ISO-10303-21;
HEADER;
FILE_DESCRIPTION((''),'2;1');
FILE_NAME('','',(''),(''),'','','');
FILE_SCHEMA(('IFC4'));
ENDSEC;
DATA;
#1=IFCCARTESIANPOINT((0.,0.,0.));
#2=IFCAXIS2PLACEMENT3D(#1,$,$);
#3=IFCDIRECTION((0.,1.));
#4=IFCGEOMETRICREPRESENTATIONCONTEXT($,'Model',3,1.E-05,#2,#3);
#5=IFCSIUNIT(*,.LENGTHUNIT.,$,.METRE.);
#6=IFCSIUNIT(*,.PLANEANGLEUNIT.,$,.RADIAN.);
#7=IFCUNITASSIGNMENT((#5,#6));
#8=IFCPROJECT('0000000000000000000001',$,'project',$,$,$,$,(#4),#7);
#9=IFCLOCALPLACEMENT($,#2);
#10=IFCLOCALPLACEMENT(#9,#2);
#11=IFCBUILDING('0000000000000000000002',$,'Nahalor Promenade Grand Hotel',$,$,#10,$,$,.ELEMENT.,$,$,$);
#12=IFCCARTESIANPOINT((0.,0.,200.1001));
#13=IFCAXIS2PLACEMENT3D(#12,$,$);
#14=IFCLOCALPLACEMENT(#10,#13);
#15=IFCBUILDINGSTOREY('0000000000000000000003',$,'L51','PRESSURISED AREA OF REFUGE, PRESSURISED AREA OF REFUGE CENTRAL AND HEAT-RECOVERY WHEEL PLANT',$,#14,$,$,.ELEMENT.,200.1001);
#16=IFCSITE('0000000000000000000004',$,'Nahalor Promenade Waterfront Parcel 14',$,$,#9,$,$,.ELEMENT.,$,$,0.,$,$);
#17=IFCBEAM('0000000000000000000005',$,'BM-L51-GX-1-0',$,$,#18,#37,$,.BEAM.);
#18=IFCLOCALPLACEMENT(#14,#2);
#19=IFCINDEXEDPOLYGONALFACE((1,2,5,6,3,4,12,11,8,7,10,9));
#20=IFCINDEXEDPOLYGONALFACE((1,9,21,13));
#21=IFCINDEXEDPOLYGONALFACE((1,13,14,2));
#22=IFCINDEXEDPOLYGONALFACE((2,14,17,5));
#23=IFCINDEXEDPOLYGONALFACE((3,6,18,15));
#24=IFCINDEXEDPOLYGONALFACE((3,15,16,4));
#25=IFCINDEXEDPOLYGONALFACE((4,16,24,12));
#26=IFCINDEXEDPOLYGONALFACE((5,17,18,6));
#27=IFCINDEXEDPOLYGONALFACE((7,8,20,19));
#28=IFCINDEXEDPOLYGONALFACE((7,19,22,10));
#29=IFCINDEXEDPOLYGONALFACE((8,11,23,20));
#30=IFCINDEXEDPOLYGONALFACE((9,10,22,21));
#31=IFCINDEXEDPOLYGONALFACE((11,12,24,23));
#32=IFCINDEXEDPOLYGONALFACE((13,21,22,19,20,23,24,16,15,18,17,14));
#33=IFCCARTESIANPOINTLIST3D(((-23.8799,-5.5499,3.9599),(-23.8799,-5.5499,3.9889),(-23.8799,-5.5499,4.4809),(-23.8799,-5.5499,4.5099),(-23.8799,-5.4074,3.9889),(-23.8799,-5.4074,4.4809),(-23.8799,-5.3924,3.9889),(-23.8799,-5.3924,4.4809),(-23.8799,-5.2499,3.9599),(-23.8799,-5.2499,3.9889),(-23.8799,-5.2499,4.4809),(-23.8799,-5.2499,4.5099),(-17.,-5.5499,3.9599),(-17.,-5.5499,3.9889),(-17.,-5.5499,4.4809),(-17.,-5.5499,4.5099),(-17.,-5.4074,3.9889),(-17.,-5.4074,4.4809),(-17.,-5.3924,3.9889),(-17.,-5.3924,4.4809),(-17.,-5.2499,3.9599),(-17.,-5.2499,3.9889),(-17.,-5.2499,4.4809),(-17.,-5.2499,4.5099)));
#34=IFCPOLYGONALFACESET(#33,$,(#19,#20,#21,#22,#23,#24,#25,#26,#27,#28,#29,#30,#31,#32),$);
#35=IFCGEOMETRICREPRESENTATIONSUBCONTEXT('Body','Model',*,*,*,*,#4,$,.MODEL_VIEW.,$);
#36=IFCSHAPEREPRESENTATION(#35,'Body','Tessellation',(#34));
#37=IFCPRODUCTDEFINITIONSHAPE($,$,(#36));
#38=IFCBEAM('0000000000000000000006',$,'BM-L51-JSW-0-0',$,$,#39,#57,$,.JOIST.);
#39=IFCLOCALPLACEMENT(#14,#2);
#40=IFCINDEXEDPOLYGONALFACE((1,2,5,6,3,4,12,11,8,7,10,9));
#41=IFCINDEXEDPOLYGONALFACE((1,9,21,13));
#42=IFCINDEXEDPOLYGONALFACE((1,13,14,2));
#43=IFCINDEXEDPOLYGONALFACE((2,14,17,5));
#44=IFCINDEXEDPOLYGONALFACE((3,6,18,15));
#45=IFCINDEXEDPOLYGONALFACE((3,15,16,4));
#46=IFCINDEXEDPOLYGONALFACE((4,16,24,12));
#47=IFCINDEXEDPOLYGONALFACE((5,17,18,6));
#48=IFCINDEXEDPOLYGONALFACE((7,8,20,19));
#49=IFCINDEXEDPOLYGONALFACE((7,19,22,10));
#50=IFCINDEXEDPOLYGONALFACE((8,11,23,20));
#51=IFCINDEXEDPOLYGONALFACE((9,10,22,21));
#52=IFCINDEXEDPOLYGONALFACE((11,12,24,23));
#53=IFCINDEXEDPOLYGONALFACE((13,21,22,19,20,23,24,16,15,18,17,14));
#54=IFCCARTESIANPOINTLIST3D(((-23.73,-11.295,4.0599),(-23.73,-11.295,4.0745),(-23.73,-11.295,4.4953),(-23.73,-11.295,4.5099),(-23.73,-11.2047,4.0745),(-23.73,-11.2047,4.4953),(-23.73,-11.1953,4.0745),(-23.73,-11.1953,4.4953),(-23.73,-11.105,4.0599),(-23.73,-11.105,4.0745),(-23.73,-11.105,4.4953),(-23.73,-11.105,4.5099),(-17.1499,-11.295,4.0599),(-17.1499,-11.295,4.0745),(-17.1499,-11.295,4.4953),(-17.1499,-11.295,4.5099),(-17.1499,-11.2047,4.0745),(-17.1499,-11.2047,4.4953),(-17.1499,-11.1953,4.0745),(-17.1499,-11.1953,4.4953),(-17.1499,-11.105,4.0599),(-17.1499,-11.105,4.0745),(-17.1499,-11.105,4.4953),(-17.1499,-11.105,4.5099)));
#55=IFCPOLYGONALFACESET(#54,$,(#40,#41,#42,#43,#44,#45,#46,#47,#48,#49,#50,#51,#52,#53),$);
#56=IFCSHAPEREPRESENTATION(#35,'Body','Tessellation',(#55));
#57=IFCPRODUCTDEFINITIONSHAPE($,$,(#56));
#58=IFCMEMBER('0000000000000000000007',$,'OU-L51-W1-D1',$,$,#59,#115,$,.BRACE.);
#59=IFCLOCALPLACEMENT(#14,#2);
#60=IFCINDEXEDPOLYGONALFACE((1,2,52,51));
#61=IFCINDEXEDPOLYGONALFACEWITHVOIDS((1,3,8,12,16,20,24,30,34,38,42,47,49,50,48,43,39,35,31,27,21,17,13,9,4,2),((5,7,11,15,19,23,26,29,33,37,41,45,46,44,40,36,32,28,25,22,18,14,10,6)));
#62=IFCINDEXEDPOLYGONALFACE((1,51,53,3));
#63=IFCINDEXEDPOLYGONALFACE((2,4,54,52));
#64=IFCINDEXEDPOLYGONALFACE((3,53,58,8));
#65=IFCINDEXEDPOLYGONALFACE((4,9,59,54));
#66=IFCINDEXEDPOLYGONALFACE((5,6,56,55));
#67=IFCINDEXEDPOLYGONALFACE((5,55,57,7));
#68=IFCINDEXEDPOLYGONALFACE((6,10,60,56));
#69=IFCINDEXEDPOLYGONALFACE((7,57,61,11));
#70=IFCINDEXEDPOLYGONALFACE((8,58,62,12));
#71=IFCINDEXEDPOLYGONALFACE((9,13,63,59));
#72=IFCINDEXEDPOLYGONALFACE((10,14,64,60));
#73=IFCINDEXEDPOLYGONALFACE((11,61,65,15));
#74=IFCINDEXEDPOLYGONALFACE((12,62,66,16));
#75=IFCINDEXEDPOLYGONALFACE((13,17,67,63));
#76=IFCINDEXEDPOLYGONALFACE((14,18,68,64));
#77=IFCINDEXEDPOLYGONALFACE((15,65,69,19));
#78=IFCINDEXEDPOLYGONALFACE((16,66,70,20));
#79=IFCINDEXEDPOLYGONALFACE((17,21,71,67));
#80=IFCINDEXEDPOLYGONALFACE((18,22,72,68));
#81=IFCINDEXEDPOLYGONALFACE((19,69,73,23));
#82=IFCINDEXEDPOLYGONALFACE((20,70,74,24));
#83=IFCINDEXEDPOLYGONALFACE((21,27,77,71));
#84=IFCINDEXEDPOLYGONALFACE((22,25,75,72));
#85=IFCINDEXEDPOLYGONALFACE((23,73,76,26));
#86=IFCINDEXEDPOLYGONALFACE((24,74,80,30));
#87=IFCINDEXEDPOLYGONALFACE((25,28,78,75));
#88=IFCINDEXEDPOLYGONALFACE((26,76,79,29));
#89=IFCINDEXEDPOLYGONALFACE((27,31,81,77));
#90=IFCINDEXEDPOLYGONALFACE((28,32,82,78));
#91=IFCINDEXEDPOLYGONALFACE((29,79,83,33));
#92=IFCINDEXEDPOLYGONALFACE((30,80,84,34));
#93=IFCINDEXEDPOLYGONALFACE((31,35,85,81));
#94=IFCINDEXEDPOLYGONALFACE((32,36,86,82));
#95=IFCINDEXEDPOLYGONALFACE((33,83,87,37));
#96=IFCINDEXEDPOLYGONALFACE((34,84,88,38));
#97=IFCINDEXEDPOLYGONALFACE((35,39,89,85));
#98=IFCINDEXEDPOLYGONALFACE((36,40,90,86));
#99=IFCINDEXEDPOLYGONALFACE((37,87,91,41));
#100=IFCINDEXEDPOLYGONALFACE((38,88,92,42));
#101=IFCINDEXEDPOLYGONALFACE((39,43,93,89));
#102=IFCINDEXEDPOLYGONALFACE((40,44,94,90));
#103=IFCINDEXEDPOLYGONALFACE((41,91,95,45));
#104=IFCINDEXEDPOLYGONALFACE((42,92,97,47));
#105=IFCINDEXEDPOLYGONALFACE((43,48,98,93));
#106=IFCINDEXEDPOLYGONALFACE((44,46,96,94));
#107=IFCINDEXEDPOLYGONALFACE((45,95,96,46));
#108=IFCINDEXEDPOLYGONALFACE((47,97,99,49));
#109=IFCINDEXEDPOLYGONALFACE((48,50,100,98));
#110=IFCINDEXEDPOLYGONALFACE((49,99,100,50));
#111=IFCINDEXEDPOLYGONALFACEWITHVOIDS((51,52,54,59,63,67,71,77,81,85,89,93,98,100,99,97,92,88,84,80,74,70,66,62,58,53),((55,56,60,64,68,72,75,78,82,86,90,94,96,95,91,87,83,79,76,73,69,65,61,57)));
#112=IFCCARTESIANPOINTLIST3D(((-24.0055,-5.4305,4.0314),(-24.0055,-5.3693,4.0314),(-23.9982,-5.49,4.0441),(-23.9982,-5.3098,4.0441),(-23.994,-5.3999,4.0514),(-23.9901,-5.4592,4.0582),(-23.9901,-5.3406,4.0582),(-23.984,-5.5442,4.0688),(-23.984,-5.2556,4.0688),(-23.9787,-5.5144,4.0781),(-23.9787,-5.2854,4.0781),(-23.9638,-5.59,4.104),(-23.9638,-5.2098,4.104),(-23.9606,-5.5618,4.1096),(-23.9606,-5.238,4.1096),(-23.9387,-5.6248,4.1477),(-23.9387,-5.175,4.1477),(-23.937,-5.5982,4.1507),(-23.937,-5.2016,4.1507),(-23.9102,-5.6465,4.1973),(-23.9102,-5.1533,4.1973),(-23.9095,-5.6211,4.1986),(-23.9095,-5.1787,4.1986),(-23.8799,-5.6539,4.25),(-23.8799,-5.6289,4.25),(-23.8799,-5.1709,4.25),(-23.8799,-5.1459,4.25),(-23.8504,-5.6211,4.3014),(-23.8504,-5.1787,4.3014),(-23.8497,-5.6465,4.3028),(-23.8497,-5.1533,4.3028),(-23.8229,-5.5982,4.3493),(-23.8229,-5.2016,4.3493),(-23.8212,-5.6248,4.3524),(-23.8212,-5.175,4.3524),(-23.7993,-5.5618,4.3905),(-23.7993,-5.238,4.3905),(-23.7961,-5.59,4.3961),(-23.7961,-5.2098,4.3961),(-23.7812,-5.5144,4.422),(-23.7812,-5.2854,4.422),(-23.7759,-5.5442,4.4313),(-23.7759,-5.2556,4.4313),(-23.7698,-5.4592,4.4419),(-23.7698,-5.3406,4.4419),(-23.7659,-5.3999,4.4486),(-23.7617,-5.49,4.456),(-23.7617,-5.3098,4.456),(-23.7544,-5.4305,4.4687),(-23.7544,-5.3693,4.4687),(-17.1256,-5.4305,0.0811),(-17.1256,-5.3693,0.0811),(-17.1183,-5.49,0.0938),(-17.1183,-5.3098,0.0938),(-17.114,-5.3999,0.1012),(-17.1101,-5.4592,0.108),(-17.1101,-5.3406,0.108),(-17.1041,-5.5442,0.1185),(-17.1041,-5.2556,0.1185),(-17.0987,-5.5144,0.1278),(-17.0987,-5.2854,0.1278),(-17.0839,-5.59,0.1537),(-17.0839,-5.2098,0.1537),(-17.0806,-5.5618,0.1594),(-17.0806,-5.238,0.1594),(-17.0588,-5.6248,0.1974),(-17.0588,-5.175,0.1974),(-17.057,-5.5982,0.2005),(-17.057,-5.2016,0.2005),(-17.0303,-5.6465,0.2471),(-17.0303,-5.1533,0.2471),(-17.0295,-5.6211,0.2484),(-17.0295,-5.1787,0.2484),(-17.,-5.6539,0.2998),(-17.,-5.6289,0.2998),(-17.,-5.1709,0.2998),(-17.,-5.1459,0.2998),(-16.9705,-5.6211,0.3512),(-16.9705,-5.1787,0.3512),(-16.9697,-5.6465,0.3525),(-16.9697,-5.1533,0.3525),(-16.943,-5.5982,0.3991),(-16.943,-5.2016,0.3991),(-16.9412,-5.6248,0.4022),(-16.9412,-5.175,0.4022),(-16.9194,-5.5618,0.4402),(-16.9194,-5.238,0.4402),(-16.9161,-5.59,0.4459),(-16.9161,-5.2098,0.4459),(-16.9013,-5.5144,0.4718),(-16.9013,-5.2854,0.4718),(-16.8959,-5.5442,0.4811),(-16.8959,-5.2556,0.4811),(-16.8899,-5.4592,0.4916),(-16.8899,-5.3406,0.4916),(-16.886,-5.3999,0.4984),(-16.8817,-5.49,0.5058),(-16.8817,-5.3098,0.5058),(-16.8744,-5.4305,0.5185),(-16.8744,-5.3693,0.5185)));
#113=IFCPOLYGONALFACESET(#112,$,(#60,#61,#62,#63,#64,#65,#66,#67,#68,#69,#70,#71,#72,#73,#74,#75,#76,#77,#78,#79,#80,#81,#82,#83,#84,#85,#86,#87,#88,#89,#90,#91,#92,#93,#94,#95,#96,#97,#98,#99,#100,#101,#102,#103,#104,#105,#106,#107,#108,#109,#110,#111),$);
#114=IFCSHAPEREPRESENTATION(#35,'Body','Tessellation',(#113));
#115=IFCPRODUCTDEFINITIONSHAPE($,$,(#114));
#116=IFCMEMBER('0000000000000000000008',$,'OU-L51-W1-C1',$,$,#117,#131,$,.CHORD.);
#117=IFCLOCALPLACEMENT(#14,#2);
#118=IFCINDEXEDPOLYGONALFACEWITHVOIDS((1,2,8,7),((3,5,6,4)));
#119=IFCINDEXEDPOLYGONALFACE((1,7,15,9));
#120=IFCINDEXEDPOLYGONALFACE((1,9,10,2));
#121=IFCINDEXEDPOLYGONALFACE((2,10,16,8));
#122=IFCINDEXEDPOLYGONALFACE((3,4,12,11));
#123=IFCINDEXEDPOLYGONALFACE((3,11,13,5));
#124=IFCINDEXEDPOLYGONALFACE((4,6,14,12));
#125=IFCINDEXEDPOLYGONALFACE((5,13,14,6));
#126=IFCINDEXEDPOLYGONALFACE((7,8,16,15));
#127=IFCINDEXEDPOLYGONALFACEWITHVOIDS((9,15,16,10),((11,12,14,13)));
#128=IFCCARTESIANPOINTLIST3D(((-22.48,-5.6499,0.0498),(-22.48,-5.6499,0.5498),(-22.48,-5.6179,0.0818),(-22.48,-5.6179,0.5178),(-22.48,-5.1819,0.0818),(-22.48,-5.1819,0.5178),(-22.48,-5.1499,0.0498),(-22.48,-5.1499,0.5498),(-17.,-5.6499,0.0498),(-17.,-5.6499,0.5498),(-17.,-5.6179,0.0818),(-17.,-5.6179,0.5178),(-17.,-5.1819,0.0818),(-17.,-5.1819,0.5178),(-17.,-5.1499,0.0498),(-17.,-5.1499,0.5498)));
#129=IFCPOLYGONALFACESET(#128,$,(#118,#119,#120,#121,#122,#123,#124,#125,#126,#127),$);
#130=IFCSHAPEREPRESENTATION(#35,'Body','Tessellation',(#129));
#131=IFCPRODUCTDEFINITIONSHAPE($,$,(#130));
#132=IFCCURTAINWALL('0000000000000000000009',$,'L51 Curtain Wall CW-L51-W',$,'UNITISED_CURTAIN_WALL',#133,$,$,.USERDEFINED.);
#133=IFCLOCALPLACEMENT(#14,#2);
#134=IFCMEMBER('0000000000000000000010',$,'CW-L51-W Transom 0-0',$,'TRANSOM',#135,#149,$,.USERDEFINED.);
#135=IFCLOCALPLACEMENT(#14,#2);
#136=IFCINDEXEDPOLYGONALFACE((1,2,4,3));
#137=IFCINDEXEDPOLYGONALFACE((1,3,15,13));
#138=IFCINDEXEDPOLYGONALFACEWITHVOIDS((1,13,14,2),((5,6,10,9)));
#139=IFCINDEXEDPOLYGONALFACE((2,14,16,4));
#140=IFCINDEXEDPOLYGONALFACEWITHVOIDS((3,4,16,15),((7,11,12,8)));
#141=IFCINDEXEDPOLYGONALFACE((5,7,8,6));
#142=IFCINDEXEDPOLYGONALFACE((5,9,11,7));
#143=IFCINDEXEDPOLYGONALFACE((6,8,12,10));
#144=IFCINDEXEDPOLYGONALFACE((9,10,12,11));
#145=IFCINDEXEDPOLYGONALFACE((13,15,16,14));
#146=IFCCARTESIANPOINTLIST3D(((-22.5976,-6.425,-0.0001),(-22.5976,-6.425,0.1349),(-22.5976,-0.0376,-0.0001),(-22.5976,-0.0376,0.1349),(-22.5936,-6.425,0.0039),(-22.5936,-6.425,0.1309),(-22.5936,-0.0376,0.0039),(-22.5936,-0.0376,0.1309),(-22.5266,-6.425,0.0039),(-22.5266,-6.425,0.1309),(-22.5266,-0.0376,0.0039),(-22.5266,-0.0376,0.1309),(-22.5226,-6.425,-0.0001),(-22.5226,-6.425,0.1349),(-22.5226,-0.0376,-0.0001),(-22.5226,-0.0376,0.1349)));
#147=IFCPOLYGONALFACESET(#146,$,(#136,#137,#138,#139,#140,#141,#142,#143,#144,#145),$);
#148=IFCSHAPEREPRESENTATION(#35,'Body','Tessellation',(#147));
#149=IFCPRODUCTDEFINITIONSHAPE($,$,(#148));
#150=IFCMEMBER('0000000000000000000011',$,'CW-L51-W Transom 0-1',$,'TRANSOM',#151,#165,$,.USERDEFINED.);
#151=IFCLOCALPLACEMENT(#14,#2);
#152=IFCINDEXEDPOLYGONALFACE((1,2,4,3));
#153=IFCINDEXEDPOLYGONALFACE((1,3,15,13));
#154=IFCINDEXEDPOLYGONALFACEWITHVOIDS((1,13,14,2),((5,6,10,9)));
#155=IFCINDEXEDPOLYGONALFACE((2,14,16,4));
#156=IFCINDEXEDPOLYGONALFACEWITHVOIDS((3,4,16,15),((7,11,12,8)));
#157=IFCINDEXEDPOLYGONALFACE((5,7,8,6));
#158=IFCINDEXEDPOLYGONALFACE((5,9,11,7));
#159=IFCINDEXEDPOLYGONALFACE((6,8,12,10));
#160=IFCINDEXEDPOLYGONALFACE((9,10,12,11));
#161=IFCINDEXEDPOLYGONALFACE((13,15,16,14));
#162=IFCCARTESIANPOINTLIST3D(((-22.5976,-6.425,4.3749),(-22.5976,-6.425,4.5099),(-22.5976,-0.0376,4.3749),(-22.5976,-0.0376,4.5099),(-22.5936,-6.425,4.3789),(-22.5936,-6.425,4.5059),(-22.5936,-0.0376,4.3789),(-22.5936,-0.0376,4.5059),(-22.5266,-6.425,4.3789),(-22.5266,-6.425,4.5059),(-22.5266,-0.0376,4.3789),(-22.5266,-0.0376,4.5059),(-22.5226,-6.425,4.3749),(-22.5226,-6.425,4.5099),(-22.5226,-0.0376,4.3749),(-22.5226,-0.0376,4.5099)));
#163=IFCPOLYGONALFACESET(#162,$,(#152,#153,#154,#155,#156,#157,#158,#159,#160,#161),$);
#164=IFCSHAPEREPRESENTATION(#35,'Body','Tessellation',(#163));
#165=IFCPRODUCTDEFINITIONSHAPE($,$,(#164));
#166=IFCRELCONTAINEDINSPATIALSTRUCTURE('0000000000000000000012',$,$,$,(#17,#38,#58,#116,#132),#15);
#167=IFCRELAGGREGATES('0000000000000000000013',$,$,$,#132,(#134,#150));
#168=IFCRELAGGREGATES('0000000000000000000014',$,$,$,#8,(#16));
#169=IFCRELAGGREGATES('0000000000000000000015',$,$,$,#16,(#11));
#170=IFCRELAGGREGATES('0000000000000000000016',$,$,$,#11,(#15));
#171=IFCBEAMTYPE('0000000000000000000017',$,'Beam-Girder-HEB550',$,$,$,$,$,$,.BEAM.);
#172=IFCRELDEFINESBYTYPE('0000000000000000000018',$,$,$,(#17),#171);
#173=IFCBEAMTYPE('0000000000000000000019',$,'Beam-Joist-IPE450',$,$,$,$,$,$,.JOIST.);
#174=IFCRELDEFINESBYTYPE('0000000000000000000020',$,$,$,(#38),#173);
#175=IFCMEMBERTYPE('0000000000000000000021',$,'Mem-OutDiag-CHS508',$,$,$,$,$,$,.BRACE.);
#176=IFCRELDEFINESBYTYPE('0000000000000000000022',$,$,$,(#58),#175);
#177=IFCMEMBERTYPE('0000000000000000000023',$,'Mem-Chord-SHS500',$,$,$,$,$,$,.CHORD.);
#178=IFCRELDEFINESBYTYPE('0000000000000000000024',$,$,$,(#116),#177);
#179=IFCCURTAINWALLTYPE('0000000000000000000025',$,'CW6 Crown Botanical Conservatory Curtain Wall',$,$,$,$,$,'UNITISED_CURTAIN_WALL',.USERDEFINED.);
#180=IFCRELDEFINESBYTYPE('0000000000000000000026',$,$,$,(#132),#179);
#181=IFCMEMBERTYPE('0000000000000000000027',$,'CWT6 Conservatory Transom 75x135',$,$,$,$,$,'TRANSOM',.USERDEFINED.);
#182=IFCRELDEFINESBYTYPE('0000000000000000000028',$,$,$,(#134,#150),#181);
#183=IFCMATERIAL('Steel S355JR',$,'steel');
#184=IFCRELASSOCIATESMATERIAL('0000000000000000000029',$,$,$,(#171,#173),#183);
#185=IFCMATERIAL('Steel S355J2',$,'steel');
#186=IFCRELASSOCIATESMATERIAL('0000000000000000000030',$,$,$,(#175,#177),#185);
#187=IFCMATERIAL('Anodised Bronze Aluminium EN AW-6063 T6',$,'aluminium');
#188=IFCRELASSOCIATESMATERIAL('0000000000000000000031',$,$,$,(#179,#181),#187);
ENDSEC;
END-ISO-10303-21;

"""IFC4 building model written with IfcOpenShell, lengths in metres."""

from ifc_helpers import new_model, si_unit, direction, frame, origin, origin_2d, place, context, subcontext, project, spatial, hollow_rectangle, hollow_circle, i_section, extrude, source, transform, mapped, material, material_profile, profile_set, type_object, element, aggregate, save


model = new_model("IFC4")

# Units and contexts
model_context = context("Model", 3, precision=1e-05, world=origin(), true_north=direction((0.0, 1.0)))
body_context = subcontext(model_context, "Body", "Model", "MODEL_VIEW")
ifc_project = project(units=[si_unit("LENGTHUNIT", "METRE"), si_unit("PLANEANGLEUNIT", "RADIAN")], contexts=[model_context])

# Site, building, storey
site_placement = place(None, origin())
site = spatial("IfcSite", under=ifc_project, at=site_placement, Name="Nahalor Promenade Waterfront Parcel 14", CompositionType="ELEMENT", RefElevation=0.0)
building_placement = place(site_placement, origin())
building = spatial("IfcBuilding", under=site, at=building_placement, Name="Nahalor Promenade Grand Hotel", CompositionType="ELEMENT")
storey_placement = place(building_placement, frame((0.0, 0.0, 200.1001)))
storey = spatial("IfcBuildingStorey", under=building, at=storey_placement, Name="L51", Description="PRESSURISED AREA OF REFUGE, PRESSURISED AREA OF REFUGE CENTRAL AND HEAT-RECOVERY WHEEL PLANT", CompositionType="ELEMENT", Elevation=200.1001)

# Shared definitions
ifc_material_1 = material(Name="Steel S355J2", Category="steel")

# Beams
ifc_material_2 = material(Name="Steel S355JR", Category="steel")
ifc_material_profile_1 = material_profile(ifc_material_2, i_section(OverallWidth=0.3, OverallDepth=0.55, WebThickness=0.015, FlangeThickness=0.029, at=origin_2d()), Name="HEB 550")
ifc_profile_set_1 = profile_set([ifc_material_profile_1], Name="Steel S355JR")
beam_type_1 = type_object("IfcBeamType", Name="Beam-Girder-HEB550", PredefinedType="BEAM", material=ifc_profile_set_1)
ifc_material_profile_2 = material_profile(ifc_material_2, i_section(OverallWidth=0.19, OverallDepth=0.45, WebThickness=0.0094, FlangeThickness=0.0146, at=origin_2d()), Name="IPE 450")
ifc_profile_set_2 = profile_set([ifc_material_profile_2], Name="Steel S355JR")
beam_type_2 = type_object("IfcBeamType", Name="Beam-Joist-IPE450", PredefinedType="JOIST", material=ifc_profile_set_2)
shared_shape_1 = source(origin(), body_context, "Body", "SweptSolid", [
    extrude(i_section(OverallWidth=0.3, OverallDepth=0.55, WebThickness=0.015, FlangeThickness=0.029, at=origin_2d()), origin(), (0.0, 0.0, 1.0), 6.8799),
])
beam_1_placement = place(storey_placement, frame((-23.8799, -5.3999, 4.2349), z_axis=(1.0, 0.0, 0.0), x_axis=(0.0, 1.0, 0.0)))
element("IfcBeam", 1, at=beam_1_placement, inside=storey, type_object=beam_type_1, Name="BM-L51-GX-1-0", PredefinedType="BEAM", context=body_context, shape_type="MappedRepresentation", body=[
    mapped(shared_shape_1, transform((0.0, 0.0, 0.0), scale=1.0)),
])
shared_shape_2 = source(origin(), body_context, "Body", "SweptSolid", [
    extrude(i_section(OverallWidth=0.19, OverallDepth=0.45, WebThickness=0.0094, FlangeThickness=0.0146, at=origin_2d()), origin(), (0.0, 0.0, 1.0), 6.5801),
])
beam_2_placement = place(storey_placement, frame((-23.73, -11.2, 4.2849), z_axis=(1.0, 0.0, 0.0), x_axis=(0.0, 1.0, 0.0)))
element("IfcBeam", 2, at=beam_2_placement, inside=storey, type_object=beam_type_2, Name="BM-L51-JSW-0-0", PredefinedType="JOIST", context=body_context, shape_type="MappedRepresentation", body=[
    mapped(shared_shape_2, transform((0.0, 0.0, 0.0), scale=1.0)),
])

# Members
ifc_material_profile_3 = material_profile(ifc_material_1, hollow_circle(Radius=0.254, WallThickness=0.025, at=origin_2d()), Name="CHS 508x25")
ifc_profile_set_3 = profile_set([ifc_material_profile_3], Name="Steel S355J2")
member_type_1 = type_object("IfcMemberType", Name="Mem-OutDiag-CHS508", PredefinedType="BRACE", material=ifc_profile_set_3)
shared_shape_3 = source(origin(), body_context, "Body", "SweptSolid", [
    extrude(hollow_circle(Radius=0.254, WallThickness=0.025, at=origin_2d()), origin(), (0.0, 0.0, 1.0), 7.9333),
])
member_1_placement = place(storey_placement, frame((-17.0, -5.3999, 0.2998), z_axis=(-0.867219, 0.0, 0.497928), x_axis=(0.0, -1.0, 0.0)))
element("IfcMember", 3, at=member_1_placement, inside=storey, type_object=member_type_1, Name="OU-L51-W1-D1", PredefinedType="BRACE", context=body_context, shape_type="MappedRepresentation", body=[
    mapped(shared_shape_3, transform((0.0, 0.0, 0.0), scale=1.0)),
])
ifc_material_profile_4 = material_profile(ifc_material_1, hollow_rectangle(XDim=0.5, YDim=0.5, WallThickness=0.032, at=origin_2d()), Name="SHS 500x500x32")
ifc_profile_set_4 = profile_set([ifc_material_profile_4], Name="Steel S355J2")
member_type_2 = type_object("IfcMemberType", Name="Mem-Chord-SHS500", PredefinedType="CHORD", material=ifc_profile_set_4)
shared_shape_4 = source(origin(), body_context, "Body", "SweptSolid", [
    extrude(hollow_rectangle(XDim=0.5, YDim=0.5, WallThickness=0.032, at=origin_2d()), origin(), (0.0, 0.0, 1.0), 5.48),
])
member_2_placement = place(storey_placement, frame((-17.0, -5.3999, 0.2998), z_axis=(-1.0, 0.0, 0.0), x_axis=(0.0, -1.0, 0.0)))
element("IfcMember", 4, at=member_2_placement, inside=storey, type_object=member_type_2, Name="OU-L51-W1-C1", PredefinedType="CHORD", context=body_context, shape_type="MappedRepresentation", body=[
    mapped(shared_shape_4, transform((0.0, 0.0, 0.0), scale=1.0)),
])

# Curtain wall, members
ifc_material_3 = material(Name="Anodised Bronze Aluminium EN AW-6063 T6", Category="aluminium")
curtain_wall_type = type_object("IfcCurtainWallType", Name="CW6 Crown Botanical Conservatory Curtain Wall", ElementType="UNITISED_CURTAIN_WALL", PredefinedType="USERDEFINED", material=ifc_material_3)
curtain_wall_placement = place(storey_placement, origin())
curtain_wall = element("IfcCurtainWall", 5, at=curtain_wall_placement, inside=storey, type_object=curtain_wall_type, Name="L51 Curtain Wall CW-L51-W", ObjectType="UNITISED_CURTAIN_WALL", PredefinedType="USERDEFINED")
ifc_material_profile_5 = material_profile(ifc_material_3, hollow_rectangle(XDim=0.075, YDim=0.135, WallThickness=0.004, at=origin_2d()), Name="CWT 75x135x4")
ifc_profile_set_5 = profile_set([ifc_material_profile_5], Name="Anodised Bronze Aluminium EN AW-6063 T6")
member_type_3 = type_object("IfcMemberType", Name="CWT6 Conservatory Transom 75x135", ElementType="TRANSOM", PredefinedType="USERDEFINED", material=ifc_profile_set_5)
shared_shape_5 = source(origin(), body_context, "Body", "SweptSolid", [
    extrude(hollow_rectangle(XDim=0.075, YDim=0.135, WallThickness=0.004, at=origin_2d()), origin(), (0.0, 0.0, 1.0), 6.3875),
])
member_3_placement = place(storey_placement, frame((-22.5601, -6.425, 0.0674), z_axis=(0.0, 1.0, 0.0), x_axis=(-1.0, 0.0, 0.0)))
member_3 = element("IfcMember", 6, at=member_3_placement, type_object=member_type_3, Name="CW-L51-W Transom 0-0", ObjectType="TRANSOM", PredefinedType="USERDEFINED", context=body_context, shape_type="MappedRepresentation", body=[
    mapped(shared_shape_5, transform((0.0, 0.0, 0.0), scale=1.0)),
])
member_4_placement = place(storey_placement, frame((-22.5601, -6.425, 4.4424), z_axis=(0.0, 1.0, 0.0), x_axis=(-1.0, 0.0, 0.0)))
member_4 = element("IfcMember", 7, at=member_4_placement, type_object=member_type_3, Name="CW-L51-W Transom 0-1", ObjectType="TRANSOM", PredefinedType="USERDEFINED", context=body_context, shape_type="MappedRepresentation", body=[
    mapped(shared_shape_5, transform((0.0, 0.0, 0.0), scale=1.0)),
])
aggregate(curtain_wall, [member_3, member_4])

save(model, "model.ifc")
